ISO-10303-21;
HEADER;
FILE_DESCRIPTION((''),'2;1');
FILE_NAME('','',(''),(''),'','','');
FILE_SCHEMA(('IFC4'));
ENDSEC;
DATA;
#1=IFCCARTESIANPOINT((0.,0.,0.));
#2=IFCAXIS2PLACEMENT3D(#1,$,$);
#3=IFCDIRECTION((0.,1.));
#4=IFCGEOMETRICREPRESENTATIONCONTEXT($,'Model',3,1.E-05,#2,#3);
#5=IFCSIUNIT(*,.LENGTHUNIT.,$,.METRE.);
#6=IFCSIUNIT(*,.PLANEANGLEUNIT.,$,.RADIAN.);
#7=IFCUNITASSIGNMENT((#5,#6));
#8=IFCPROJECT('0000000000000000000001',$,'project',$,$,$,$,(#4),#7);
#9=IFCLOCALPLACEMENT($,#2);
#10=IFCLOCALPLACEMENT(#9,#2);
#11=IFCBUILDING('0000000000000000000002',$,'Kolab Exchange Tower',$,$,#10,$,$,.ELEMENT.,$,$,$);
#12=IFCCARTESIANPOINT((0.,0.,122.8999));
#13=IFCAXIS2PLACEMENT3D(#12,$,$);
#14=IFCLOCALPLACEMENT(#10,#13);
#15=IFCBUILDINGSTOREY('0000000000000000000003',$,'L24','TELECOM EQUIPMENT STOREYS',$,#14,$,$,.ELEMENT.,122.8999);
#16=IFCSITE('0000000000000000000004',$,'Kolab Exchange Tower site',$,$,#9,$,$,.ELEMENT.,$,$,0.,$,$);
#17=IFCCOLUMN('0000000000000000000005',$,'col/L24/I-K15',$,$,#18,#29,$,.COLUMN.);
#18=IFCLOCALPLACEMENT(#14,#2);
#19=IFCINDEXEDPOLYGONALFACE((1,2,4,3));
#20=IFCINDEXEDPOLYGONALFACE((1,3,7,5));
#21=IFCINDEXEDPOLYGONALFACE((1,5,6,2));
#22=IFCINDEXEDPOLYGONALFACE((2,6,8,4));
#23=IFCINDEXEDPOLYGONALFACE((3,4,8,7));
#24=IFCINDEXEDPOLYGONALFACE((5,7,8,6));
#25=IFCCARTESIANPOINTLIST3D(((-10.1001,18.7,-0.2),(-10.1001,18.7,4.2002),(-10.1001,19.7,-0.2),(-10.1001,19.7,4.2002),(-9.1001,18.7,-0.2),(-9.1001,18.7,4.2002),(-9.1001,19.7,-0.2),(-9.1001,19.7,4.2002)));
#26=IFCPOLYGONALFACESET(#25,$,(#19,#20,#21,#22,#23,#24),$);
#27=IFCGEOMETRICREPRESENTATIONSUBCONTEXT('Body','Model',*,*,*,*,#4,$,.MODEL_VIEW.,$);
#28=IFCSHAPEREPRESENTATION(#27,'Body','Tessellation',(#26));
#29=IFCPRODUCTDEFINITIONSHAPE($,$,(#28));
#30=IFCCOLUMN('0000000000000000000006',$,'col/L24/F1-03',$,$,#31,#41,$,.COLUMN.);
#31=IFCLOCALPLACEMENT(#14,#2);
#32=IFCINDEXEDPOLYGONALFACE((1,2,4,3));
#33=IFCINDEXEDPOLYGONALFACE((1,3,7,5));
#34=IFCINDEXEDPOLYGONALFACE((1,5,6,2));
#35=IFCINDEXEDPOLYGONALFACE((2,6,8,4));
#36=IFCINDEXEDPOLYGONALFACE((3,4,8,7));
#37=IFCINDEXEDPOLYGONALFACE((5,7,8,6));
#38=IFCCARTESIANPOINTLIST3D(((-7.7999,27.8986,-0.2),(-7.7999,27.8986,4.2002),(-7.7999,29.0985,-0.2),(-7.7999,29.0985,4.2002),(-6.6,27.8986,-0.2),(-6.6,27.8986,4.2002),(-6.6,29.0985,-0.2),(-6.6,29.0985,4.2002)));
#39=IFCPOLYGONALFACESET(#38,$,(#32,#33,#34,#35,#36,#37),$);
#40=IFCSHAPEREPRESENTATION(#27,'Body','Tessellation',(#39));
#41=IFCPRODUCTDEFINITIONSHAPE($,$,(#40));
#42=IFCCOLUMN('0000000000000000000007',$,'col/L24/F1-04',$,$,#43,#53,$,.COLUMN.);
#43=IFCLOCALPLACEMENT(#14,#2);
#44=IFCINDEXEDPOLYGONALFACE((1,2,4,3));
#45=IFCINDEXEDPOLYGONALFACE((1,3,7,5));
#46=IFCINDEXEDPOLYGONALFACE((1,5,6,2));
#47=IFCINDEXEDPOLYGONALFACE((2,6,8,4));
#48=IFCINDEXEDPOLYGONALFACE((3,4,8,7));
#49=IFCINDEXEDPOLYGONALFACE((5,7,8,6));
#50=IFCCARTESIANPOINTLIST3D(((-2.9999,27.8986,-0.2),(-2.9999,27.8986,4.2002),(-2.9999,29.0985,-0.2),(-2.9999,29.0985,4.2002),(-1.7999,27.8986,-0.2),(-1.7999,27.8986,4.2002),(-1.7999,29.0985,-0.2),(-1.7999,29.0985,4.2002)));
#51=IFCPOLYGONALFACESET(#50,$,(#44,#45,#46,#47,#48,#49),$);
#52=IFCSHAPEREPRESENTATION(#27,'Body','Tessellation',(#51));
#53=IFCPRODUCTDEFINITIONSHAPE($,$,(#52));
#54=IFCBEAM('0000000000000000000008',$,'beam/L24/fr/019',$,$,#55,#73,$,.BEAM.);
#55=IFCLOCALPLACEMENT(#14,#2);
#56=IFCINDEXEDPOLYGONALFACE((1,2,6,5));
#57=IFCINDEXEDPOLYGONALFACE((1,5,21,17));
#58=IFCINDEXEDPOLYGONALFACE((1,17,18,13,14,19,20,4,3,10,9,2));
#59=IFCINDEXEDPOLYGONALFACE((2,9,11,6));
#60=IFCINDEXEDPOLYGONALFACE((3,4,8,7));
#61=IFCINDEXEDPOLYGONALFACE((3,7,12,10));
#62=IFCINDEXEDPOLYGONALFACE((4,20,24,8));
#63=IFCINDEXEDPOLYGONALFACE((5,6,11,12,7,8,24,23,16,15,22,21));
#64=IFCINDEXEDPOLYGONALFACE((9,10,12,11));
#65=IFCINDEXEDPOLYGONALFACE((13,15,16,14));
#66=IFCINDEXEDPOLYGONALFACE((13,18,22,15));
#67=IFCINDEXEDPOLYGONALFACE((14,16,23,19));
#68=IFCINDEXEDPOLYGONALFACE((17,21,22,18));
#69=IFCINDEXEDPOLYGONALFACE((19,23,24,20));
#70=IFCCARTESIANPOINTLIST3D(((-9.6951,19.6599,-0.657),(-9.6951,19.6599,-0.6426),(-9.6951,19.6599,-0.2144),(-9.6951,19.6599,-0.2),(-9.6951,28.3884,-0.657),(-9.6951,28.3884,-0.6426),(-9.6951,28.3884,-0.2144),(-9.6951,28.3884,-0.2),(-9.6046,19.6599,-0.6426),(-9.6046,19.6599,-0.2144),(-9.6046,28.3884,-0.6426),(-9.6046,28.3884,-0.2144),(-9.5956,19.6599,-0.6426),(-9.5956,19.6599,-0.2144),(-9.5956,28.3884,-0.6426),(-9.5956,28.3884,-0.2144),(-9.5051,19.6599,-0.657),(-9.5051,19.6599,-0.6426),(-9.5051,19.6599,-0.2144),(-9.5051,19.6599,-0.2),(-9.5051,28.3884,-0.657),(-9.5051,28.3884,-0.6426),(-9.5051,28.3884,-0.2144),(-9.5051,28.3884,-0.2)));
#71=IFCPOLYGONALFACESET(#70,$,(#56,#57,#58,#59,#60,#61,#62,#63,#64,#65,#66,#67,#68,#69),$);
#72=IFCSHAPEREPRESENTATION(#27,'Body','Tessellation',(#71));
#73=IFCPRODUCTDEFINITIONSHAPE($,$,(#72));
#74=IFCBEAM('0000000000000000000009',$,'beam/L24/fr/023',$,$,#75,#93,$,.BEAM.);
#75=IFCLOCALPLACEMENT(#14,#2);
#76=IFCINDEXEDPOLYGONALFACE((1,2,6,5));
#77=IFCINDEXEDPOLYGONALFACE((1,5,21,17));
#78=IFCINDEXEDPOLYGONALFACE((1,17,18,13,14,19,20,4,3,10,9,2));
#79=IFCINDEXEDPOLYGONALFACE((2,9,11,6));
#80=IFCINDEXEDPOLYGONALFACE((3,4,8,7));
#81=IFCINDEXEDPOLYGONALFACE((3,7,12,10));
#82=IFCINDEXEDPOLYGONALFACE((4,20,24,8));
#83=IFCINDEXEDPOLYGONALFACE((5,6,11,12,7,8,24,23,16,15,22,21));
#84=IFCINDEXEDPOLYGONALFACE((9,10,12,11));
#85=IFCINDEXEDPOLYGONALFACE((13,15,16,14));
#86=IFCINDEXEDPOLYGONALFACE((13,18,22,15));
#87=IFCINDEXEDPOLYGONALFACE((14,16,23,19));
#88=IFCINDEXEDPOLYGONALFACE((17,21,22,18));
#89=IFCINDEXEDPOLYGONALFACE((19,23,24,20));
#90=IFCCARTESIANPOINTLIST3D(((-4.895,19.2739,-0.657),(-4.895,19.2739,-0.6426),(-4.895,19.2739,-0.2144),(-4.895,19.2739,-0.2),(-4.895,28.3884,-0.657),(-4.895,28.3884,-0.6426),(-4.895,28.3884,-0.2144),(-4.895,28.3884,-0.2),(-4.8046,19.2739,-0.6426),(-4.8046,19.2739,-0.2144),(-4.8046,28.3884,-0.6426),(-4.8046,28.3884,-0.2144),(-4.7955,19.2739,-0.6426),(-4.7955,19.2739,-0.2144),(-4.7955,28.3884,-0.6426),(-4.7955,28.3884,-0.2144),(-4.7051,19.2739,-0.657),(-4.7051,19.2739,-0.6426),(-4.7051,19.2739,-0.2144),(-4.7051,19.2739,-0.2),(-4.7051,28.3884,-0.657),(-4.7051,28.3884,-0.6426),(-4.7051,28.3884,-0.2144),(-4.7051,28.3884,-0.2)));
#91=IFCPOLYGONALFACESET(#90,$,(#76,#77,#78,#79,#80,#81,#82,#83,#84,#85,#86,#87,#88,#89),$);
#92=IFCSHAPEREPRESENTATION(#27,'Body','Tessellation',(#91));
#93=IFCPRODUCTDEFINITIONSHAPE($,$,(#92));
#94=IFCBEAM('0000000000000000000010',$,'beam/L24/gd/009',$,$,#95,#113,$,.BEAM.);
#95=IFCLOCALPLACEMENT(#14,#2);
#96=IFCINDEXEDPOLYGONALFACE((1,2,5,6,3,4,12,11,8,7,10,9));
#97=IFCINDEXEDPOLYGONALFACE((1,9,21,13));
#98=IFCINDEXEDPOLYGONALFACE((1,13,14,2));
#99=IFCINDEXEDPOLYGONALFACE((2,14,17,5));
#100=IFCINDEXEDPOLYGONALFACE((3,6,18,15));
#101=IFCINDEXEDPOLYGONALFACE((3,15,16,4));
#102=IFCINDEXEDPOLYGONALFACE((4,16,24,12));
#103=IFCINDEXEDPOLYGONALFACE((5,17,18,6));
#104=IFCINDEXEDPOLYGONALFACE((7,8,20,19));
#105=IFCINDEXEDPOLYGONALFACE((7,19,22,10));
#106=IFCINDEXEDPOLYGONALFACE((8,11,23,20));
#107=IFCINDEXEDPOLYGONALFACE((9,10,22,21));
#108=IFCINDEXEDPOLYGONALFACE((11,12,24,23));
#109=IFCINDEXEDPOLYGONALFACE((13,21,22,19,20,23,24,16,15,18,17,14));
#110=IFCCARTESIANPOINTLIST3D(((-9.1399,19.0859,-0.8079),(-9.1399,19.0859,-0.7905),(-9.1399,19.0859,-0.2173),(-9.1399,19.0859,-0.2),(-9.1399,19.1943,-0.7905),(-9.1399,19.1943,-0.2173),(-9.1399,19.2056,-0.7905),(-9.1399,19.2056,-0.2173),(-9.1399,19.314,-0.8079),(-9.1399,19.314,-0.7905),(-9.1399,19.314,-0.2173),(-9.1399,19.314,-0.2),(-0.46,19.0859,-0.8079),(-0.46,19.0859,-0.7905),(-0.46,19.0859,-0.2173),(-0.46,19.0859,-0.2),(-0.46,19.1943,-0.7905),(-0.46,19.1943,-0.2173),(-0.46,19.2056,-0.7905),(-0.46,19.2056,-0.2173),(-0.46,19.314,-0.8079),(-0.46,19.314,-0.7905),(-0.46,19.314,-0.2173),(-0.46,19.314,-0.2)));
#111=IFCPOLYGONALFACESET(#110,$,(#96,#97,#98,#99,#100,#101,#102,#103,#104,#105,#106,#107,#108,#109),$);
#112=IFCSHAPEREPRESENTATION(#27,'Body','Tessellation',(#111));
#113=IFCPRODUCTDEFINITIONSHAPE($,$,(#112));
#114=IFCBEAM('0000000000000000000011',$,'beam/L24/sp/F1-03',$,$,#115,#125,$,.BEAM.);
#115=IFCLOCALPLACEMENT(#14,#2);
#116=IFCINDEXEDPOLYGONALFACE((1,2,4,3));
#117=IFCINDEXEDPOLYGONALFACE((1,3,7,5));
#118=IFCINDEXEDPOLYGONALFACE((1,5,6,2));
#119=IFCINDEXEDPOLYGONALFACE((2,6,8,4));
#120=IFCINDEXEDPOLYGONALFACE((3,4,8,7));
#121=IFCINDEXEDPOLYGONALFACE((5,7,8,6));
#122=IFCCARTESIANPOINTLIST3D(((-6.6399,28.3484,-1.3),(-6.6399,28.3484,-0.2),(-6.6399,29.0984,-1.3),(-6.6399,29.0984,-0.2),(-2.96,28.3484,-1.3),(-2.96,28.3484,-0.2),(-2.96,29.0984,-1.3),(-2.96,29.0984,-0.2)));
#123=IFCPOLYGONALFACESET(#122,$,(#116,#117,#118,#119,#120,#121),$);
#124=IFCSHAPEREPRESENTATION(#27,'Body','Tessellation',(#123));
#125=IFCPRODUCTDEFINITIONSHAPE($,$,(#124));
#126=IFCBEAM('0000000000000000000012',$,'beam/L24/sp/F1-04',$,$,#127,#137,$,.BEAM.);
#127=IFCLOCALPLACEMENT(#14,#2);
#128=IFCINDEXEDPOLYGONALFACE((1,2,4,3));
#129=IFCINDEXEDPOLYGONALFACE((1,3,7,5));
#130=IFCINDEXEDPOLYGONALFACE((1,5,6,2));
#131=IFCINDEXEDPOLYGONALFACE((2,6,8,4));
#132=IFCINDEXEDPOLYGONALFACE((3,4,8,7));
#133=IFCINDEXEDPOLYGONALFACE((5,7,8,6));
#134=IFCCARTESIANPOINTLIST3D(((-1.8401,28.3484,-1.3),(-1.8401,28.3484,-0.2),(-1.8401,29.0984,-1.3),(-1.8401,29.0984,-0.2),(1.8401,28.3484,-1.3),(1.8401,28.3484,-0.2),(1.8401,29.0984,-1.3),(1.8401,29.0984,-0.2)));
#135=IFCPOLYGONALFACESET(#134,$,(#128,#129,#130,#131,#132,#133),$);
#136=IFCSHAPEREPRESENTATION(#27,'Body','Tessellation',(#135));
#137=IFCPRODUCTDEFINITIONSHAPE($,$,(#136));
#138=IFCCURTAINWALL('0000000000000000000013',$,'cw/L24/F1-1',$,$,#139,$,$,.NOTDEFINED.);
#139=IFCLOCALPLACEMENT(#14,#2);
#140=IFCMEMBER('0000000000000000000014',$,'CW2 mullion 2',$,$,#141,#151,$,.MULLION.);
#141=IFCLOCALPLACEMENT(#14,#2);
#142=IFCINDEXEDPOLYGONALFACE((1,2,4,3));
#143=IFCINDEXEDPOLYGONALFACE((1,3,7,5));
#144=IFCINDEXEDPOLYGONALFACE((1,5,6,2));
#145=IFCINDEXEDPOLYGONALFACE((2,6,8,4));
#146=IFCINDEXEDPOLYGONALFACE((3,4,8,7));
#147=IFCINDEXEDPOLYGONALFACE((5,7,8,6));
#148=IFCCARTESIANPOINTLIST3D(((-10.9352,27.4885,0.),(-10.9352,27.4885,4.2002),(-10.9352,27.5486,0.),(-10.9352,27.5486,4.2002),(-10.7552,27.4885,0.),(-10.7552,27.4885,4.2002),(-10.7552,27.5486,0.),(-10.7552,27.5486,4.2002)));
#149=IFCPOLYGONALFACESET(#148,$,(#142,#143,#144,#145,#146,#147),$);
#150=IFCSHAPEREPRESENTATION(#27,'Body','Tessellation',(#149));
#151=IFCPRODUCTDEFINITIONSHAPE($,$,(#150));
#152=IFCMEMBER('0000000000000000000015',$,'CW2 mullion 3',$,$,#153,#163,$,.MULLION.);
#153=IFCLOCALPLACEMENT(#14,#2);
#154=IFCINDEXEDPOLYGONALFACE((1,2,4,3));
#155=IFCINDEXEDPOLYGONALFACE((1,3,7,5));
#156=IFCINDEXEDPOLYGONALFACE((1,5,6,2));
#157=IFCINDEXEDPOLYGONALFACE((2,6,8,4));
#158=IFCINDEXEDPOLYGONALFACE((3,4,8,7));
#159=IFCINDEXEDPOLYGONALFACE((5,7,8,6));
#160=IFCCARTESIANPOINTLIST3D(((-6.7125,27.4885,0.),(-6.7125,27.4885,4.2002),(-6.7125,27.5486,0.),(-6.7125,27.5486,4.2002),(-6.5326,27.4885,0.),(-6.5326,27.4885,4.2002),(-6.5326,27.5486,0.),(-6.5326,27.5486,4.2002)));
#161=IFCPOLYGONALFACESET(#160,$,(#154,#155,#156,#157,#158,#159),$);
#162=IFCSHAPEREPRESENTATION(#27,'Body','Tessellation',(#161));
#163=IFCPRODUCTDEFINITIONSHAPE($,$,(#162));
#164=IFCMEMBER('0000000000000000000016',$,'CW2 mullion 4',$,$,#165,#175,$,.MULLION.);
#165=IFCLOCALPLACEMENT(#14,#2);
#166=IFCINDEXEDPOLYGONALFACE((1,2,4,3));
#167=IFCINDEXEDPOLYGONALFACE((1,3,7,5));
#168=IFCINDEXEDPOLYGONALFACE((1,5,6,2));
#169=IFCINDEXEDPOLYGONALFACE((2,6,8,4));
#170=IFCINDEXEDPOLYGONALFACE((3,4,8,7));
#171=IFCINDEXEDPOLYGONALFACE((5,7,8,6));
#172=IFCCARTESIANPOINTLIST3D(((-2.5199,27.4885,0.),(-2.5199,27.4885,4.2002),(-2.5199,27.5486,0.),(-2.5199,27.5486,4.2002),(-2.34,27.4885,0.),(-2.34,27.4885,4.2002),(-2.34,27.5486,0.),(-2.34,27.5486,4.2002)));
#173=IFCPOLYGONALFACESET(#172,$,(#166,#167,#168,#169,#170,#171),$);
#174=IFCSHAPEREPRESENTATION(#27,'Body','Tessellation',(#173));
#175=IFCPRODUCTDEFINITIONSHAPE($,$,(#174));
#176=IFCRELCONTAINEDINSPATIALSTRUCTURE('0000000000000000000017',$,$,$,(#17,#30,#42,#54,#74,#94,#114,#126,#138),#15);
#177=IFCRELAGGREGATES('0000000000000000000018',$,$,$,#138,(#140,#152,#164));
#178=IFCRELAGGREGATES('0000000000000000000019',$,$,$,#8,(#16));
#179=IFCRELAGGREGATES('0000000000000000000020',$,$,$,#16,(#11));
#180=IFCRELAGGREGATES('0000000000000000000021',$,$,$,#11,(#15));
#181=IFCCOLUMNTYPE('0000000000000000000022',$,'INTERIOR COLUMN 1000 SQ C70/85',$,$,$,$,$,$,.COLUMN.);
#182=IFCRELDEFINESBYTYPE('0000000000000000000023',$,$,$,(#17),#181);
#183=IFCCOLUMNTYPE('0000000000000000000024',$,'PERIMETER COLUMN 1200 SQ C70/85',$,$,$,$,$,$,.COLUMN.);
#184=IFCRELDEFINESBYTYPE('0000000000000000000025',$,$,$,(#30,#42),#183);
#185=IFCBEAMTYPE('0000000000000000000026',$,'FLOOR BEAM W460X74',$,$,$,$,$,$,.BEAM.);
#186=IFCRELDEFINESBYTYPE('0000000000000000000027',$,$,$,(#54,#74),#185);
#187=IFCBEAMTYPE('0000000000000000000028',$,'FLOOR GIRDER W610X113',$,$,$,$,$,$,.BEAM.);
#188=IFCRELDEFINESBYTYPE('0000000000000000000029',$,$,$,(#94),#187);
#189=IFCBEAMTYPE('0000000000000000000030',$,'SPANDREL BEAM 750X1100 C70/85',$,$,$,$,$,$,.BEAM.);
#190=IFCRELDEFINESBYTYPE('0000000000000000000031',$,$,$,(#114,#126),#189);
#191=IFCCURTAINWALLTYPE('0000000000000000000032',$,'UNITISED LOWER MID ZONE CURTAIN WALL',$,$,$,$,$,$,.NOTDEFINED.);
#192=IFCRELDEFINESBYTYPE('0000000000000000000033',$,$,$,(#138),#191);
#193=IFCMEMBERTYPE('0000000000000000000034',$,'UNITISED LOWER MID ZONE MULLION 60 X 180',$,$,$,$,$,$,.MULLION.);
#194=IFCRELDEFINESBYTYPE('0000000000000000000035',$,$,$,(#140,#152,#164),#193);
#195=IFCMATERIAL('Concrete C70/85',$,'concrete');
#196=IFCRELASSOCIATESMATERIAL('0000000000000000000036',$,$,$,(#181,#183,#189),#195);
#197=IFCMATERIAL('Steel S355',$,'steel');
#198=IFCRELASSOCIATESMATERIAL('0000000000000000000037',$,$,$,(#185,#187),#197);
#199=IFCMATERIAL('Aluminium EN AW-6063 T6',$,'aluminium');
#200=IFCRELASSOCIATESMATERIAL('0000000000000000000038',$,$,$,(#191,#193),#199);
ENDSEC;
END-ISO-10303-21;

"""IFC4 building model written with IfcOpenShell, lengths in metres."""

from ifc_helpers import new_model, si_unit, direction, frame, origin, origin_2d, place, context, subcontext, project, spatial, rectangle, i_section, extrude, material, material_profile, profile_set, type_object, element, aggregate, save


model = new_model("IFC4")

# Units and contexts
model_context = context("Model", 3, precision=1e-05, world=origin(), true_north=direction((0.0, 1.0)))
body_context = subcontext(model_context, "Body", "Model", "MODEL_VIEW")
ifc_project = project(units=[si_unit("LENGTHUNIT", "METRE"), si_unit("PLANEANGLEUNIT", "RADIAN")], contexts=[model_context])

# Site, building, storey
site_placement = place(None, origin())
site = spatial("IfcSite", under=ifc_project, at=site_placement, Name="Kolab Exchange Tower site", CompositionType="ELEMENT", RefElevation=0.0)
building_placement = place(site_placement, origin())
building = spatial("IfcBuilding", under=site, at=building_placement, Name="Kolab Exchange Tower", CompositionType="ELEMENT")
storey_placement = place(building_placement, frame((0.0, 0.0, 122.8999)))
storey = spatial("IfcBuildingStorey", under=building, at=storey_placement, Name="L24", Description="TELECOM EQUIPMENT STOREYS", CompositionType="ELEMENT", Elevation=122.8999)

# Columns
ifc_material_1 = material(Name="Concrete C70/85", Category="concrete")
ifc_material_profile_1 = material_profile(ifc_material_1, rectangle(XDim=1.0, YDim=1.0, at=origin_2d()), Name="RC1000")
ifc_profile_set_1 = profile_set([ifc_material_profile_1], Name="Concrete C70/85")
column_type_1 = type_object("IfcColumnType", Name="INTERIOR COLUMN 1000 SQ C70/85", PredefinedType="COLUMN", material=ifc_profile_set_1)
column_placement = place(storey_placement, frame((-9.6001, 19.2, -0.2), z_axis=(0.0, 0.0, 1.0), x_axis=(1.0, 0.0, 0.0)))
element("IfcColumn", 1, at=column_placement, inside=storey, type_object=column_type_1, Name="col/L24/I-K15", PredefinedType="COLUMN", context=body_context, shape_type="SweptSolid", body=[
    extrude(rectangle(XDim=1.0, YDim=1.0, at=origin_2d()), origin(), (0.0, 0.0, 1.0), 4.4001),
])
ifc_material_profile_2 = material_profile(ifc_material_1, rectangle(XDim=1.2, YDim=1.2, at=origin_2d()), Name="RC1200")
ifc_profile_set_2 = profile_set([ifc_material_profile_2], Name="Concrete C70/85")
column_type_2 = type_object("IfcColumnType", Name="PERIMETER COLUMN 1200 SQ C70/85", PredefinedType="COLUMN", material=ifc_profile_set_2)
for number, where, z_axis, x_axis, name in (
    (2, (-7.2, 28.4985, -0.2), (0.0, 0.0, 1.0), (1.0, 0.0, 0.0), "col/L24/F1-03"),
    (3, (-2.3999, 28.4985, -0.2), (0.0, 0.0, 1.0), (1.0, 0.0, 0.0), "col/L24/F1-04"),
):
    element("IfcColumn", number, at=place(storey_placement, frame(where, z_axis=z_axis, x_axis=x_axis)), inside=storey, type_object=column_type_2, Name=name, PredefinedType="COLUMN", context=body_context, shape_type="SweptSolid", body=[
        extrude(rectangle(XDim=1.2, YDim=1.2, at=origin_2d()), origin(), (0.0, 0.0, 1.0), 4.4001),
    ])

# Beams
ifc_material_2 = material(Name="Steel S355", Category="steel")
ifc_material_profile_3 = material_profile(ifc_material_2, i_section(OverallWidth=0.1899, OverallDepth=0.457, WebThickness=0.009, FlangeThickness=0.0144, at=origin_2d()), Name="W460X74")
ifc_profile_set_3 = profile_set([ifc_material_profile_3], Name="Steel S355")
beam_type_1 = type_object("IfcBeamType", Name="FLOOR BEAM W460X74", PredefinedType="BEAM", material=ifc_profile_set_3)
beam_1_placement = place(storey_placement, frame((-9.6001, 19.6599, -0.4285), z_axis=(0.0, 1.0, 0.0), x_axis=(-1.0, 0.0, 0.0)))
element("IfcBeam", 4, at=beam_1_placement, inside=storey, type_object=beam_type_1, Name="beam/L24/fr/019", PredefinedType="BEAM", context=body_context, shape_type="SweptSolid", body=[
    extrude(i_section(OverallWidth=0.1899, OverallDepth=0.457, WebThickness=0.009, FlangeThickness=0.0144, at=origin_2d()), origin(), (0.0, 0.0, 1.0), 8.7285),
])
beam_2_placement = place(storey_placement, frame((-4.8, 19.2739, -0.4285), z_axis=(0.0, 1.0, 0.0), x_axis=(-1.0, 0.0, 0.0)))
element("IfcBeam", 5, at=beam_2_placement, inside=storey, type_object=beam_type_1, Name="beam/L24/fr/023", PredefinedType="BEAM", context=body_context, shape_type="SweptSolid", body=[
    extrude(i_section(OverallWidth=0.1899, OverallDepth=0.457, WebThickness=0.009, FlangeThickness=0.0144, at=origin_2d()), origin(), (0.0, 0.0, 1.0), 9.1145),
])
ifc_material_profile_4 = material_profile(ifc_material_2, i_section(OverallWidth=0.228, OverallDepth=0.6079, WebThickness=0.0112, FlangeThickness=0.0173, at=origin_2d()), Name="W610X113")
ifc_profile_set_4 = profile_set([ifc_material_profile_4], Name="Steel S355")
beam_type_2 = type_object("IfcBeamType", Name="FLOOR GIRDER W610X113", PredefinedType="BEAM", material=ifc_profile_set_4)
beam_3_placement = place(storey_placement, frame((-9.1399, 19.2, -0.5039), z_axis=(1.0, 0.0, 0.0), x_axis=(0.0, 1.0, 0.0)))
element("IfcBeam", 6, at=beam_3_placement, inside=storey, type_object=beam_type_2, Name="beam/L24/gd/009", PredefinedType="BEAM", context=body_context, shape_type="SweptSolid", body=[
    extrude(i_section(OverallWidth=0.228, OverallDepth=0.6079, WebThickness=0.0112, FlangeThickness=0.0173, at=origin_2d()), origin(), (0.0, 0.0, 1.0), 8.6799),
])
ifc_material_profile_5 = material_profile(ifc_material_1, rectangle(XDim=0.75, YDim=1.1001, at=origin_2d()), Name="RC750X1100")
ifc_profile_set_5 = profile_set([ifc_material_profile_5], Name="Concrete C70/85")
beam_type_3 = type_object("IfcBeamType", Name="SPANDREL BEAM 750X1100 C70/85", PredefinedType="BEAM", material=ifc_profile_set_5)
beam_4_placement = place(storey_placement, frame((-6.6399, 28.7234, -0.75), z_axis=(1.0, 0.0, 0.0), x_axis=(0.0, 1.0, 0.0)))
element("IfcBeam", 7, at=beam_4_placement, inside=storey, type_object=beam_type_3, Name="beam/L24/sp/F1-03", PredefinedType="BEAM", context=body_context, shape_type="SweptSolid", body=[
    extrude(rectangle(XDim=0.75, YDim=1.1001, at=origin_2d()), origin(), (0.0, 0.0, 1.0), 3.6799),
])
beam_5_placement = place(storey_placement, frame((-1.8401, 28.7234, -0.75), z_axis=(1.0, 0.0, 0.0), x_axis=(0.0, 1.0, 0.0)))
element("IfcBeam", 8, at=beam_5_placement, inside=storey, type_object=beam_type_3, Name="beam/L24/sp/F1-04", PredefinedType="BEAM", context=body_context, shape_type="SweptSolid", body=[
    extrude(rectangle(XDim=0.75, YDim=1.1001, at=origin_2d()), origin(), (0.0, 0.0, 1.0), 3.6802),
])

# Curtain wall, members
ifc_material_3 = material(Name="Aluminium EN AW-6063 T6", Category="aluminium")
curtain_wall_type = type_object("IfcCurtainWallType", Name="UNITISED LOWER MID ZONE CURTAIN WALL", PredefinedType="NOTDEFINED", material=ifc_material_3)
curtain_wall_placement = place(storey_placement, origin())
curtain_wall = element("IfcCurtainWall", 9, at=curtain_wall_placement, inside=storey, type_object=curtain_wall_type, Name="cw/L24/F1-1", PredefinedType="NOTDEFINED")
ifc_material_profile_6 = material_profile(ifc_material_3, rectangle(XDim=0.0601, YDim=0.1799, at=origin_2d()), Name="RECT 60X180")
ifc_profile_set_6 = profile_set([ifc_material_profile_6], Name="Aluminium EN AW-6063 T6")
member_type_1 = type_object("IfcMemberType", Name="UNITISED LOWER MID ZONE MULLION 60 X 180", PredefinedType="MULLION", material=ifc_profile_set_6)
member_1_placement = place(storey_placement, frame((-10.8452, 27.5186, 0.0), z_axis=(0.0, 0.0, 1.0), x_axis=(0.0, 1.0, 0.0)))
member_1 = element("IfcMember", 10, at=member_1_placement, type_object=member_type_1, Name="CW2 mullion 2", PredefinedType="MULLION", context=body_context, shape_type="SweptSolid", body=[
    extrude(rectangle(XDim=0.0601, YDim=0.1799, at=origin_2d()), origin(), (0.0, 0.0, 1.0), 4.2002),
])
member_2_placement = place(storey_placement, frame((-6.6226, 27.5186, 0.0), z_axis=(0.0, 0.0, 1.0), x_axis=(0.0, 1.0, 0.0)))
member_2 = element("IfcMember", 11, at=member_2_placement, type_object=member_type_1, Name="CW2 mullion 3", PredefinedType="MULLION", context=body_context, shape_type="SweptSolid", body=[
    extrude(rectangle(XDim=0.0601, YDim=0.1799, at=origin_2d()), origin(), (0.0, 0.0, 1.0), 4.2002),
])
member_3_placement = place(storey_placement, frame((-2.4299, 27.5186, 0.0), z_axis=(0.0, 0.0, 1.0), x_axis=(0.0, 1.0, 0.0)))
member_3 = element("IfcMember", 12, at=member_3_placement, type_object=member_type_1, Name="CW2 mullion 4", PredefinedType="MULLION", context=body_context, shape_type="SweptSolid", body=[
    extrude(rectangle(XDim=0.0601, YDim=0.1799, at=origin_2d()), origin(), (0.0, 0.0, 1.0), 4.2002),
])
aggregate(curtain_wall, [member_1, member_2, member_3])

save(model, "model.ifc")
